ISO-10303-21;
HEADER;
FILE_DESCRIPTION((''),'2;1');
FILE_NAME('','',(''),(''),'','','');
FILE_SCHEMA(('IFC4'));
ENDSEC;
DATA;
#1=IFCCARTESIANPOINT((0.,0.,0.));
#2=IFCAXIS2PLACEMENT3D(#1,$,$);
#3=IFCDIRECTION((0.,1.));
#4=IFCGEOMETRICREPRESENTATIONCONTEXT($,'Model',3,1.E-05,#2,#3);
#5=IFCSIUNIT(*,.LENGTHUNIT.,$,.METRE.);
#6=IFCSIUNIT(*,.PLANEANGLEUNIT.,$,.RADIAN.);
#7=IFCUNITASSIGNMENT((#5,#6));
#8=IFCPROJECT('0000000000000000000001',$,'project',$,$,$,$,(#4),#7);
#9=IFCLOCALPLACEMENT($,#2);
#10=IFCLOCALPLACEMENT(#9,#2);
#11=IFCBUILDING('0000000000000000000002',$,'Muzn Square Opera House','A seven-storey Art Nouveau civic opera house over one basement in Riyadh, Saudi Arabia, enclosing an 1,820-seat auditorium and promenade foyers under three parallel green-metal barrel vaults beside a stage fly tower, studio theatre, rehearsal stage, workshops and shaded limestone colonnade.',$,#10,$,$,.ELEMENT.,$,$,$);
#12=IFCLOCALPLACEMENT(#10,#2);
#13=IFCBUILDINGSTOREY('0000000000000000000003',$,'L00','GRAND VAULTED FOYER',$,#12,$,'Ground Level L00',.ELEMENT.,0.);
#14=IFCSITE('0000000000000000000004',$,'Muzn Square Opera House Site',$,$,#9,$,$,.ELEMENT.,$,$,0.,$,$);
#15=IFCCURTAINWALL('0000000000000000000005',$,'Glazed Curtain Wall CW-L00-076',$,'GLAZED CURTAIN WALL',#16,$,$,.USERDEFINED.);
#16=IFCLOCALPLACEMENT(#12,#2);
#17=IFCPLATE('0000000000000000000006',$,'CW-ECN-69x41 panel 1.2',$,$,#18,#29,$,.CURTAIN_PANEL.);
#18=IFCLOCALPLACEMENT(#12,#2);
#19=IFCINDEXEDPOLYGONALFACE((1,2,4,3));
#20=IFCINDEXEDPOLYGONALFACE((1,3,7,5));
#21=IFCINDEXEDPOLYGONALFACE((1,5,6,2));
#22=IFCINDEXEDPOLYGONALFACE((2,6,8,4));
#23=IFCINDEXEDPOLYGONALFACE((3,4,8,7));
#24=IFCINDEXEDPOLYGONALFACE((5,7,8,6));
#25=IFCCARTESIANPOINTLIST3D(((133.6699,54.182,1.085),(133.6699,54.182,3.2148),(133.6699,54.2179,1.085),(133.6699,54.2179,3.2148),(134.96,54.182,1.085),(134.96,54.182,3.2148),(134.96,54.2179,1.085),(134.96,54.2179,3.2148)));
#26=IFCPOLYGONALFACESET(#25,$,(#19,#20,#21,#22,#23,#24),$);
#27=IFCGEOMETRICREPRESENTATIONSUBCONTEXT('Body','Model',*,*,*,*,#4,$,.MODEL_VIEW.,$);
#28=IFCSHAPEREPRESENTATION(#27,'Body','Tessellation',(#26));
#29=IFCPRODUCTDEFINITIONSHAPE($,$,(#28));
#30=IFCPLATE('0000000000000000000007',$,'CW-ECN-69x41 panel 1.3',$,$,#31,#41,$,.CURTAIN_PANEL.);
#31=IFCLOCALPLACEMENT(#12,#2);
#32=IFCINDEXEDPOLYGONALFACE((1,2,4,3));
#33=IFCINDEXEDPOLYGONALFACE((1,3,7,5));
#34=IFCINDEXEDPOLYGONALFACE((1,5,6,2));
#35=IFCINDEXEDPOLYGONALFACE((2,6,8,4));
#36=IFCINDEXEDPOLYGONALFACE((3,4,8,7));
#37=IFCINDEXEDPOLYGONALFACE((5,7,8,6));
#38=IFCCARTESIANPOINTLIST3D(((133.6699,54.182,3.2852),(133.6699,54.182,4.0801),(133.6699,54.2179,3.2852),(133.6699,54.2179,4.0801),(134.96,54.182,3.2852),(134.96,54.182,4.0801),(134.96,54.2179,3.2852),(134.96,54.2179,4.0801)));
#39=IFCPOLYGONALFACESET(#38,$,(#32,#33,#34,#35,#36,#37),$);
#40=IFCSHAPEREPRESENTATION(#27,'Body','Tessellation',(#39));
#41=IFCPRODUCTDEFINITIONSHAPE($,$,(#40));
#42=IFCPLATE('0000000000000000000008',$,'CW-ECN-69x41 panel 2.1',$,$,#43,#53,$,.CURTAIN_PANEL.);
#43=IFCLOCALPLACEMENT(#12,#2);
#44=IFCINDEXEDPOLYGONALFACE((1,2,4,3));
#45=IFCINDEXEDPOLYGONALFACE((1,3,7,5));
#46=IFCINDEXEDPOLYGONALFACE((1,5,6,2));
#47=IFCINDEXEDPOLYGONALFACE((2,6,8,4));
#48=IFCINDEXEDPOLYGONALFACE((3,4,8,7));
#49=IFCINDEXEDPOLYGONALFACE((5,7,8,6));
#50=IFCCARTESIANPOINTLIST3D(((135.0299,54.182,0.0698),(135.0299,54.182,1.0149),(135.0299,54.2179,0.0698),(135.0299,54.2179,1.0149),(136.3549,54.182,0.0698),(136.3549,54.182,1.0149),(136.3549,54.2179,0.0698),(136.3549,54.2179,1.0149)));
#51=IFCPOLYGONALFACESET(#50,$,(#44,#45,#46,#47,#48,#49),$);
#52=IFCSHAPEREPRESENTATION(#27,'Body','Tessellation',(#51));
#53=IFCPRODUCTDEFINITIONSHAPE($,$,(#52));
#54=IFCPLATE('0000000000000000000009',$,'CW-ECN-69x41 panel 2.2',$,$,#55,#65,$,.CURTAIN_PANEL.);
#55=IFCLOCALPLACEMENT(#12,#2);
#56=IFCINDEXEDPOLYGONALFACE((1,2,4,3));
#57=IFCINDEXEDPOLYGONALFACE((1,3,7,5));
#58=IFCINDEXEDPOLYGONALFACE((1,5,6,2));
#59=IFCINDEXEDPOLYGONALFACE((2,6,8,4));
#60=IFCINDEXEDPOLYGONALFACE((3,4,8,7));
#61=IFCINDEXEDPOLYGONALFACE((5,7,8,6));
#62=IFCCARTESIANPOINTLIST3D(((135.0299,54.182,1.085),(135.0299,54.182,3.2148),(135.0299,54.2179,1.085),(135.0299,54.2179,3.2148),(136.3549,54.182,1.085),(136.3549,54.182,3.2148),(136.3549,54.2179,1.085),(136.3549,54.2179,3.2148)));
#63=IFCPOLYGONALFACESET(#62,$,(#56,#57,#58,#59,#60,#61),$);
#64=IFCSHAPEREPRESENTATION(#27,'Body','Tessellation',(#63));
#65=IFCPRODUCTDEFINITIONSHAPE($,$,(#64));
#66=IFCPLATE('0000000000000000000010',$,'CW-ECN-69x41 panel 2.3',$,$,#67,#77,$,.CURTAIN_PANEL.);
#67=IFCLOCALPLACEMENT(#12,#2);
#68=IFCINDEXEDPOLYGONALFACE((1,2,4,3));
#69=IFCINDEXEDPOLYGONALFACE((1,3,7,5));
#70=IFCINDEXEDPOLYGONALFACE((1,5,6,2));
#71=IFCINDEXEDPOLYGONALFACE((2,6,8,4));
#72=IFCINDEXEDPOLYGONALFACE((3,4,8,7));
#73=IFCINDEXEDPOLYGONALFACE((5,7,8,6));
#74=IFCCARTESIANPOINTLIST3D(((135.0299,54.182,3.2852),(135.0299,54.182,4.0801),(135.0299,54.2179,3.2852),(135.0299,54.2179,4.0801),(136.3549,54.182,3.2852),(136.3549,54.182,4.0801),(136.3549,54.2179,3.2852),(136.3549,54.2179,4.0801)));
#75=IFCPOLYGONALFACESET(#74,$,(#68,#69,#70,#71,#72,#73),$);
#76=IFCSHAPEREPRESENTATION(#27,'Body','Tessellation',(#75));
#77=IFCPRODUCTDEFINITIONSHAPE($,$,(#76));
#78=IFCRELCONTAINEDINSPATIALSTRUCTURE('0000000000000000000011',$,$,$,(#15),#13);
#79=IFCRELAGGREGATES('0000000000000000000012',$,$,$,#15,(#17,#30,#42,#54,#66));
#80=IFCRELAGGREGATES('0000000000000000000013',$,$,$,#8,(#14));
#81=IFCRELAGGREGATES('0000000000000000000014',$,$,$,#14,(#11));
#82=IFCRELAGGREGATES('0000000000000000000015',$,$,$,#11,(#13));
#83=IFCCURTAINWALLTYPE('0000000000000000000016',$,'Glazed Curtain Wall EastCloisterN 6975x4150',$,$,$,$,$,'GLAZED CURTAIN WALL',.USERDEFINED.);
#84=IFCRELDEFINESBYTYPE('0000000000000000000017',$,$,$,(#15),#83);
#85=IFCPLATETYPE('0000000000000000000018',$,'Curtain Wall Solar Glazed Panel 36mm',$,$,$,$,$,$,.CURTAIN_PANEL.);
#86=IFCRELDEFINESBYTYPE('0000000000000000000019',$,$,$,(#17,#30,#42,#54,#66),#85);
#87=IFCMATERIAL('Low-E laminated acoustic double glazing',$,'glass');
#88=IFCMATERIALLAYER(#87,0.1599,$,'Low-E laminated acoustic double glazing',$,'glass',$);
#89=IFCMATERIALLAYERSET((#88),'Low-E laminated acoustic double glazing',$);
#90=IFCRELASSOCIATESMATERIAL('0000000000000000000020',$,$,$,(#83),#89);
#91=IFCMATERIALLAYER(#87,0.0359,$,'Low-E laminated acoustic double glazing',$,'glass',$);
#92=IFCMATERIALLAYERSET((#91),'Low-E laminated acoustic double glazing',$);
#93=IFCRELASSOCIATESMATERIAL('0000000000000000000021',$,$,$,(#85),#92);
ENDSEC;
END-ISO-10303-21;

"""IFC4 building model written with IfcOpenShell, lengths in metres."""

from ifc_helpers import new_model, si_unit, direction, frame, origin, origin_2d, place, context, subcontext, project, spatial, rectangle, extrude, material, layer, layer_set, type_object, element, aggregate, save


model = new_model("IFC4")

# Units and contexts
model_context = context("Model", 3, precision=1e-05, world=origin(), true_north=direction((0.0, 1.0)))
body_context = subcontext(model_context, "Body", "Model", "MODEL_VIEW")
ifc_project = project(units=[si_unit("LENGTHUNIT", "METRE"), si_unit("PLANEANGLEUNIT", "RADIAN")], contexts=[model_context])

# Site, building, storey
site_placement = place(None, origin())
site = spatial("IfcSite", under=ifc_project, at=site_placement, Name="Muzn Square Opera House Site", CompositionType="ELEMENT", RefElevation=0.0)
building_placement = place(site_placement, origin())
building = spatial("IfcBuilding", under=site, at=building_placement, Name="Muzn Square Opera House", Description="A seven-storey Art Nouveau civic opera house over one basement in Riyadh, Saudi Arabia, enclosing an 1,820-seat auditorium and promenade foyers under three parallel green-metal barrel vaults beside a stage fly tower, studio theatre, rehearsal stage, workshops and shaded limestone colonnade.", CompositionType="ELEMENT")
storey_placement = place(building_placement, origin())
storey = spatial("IfcBuildingStorey", under=building, at=storey_placement, Name="L00", Description="GRAND VAULTED FOYER", LongName="Ground Level L00", CompositionType="ELEMENT", Elevation=0.0)

# Curtain wall
ifc_material_1 = material(Name="Low-E laminated acoustic double glazing", Category="glass")
ifc_layer_1 = layer(ifc_material_1, 0.1599, Name="Low-E laminated acoustic double glazing", Category="glass")
ifc_layer_set_1 = layer_set([ifc_layer_1], Name="Low-E laminated acoustic double glazing")
curtain_wall_type_1 = type_object("IfcCurtainWallType", Name="Glazed Curtain Wall EastCloisterN 6975x4150", ElementType="GLAZED CURTAIN WALL", PredefinedType="USERDEFINED", material=ifc_layer_set_1)
curtain_wall_1_placement = place(storey_placement, origin())
curtain_wall_1 = element("IfcCurtainWall", 1, at=curtain_wall_1_placement, inside=storey, type_object=curtain_wall_type_1, Name="Glazed Curtain Wall CW-L00-076", ObjectType="GLAZED CURTAIN WALL", PredefinedType="USERDEFINED")

# Plates
ifc_layer_2 = layer(ifc_material_1, 0.0359, Name="Low-E laminated acoustic double glazing", Category="glass")
ifc_layer_set_2 = layer_set([ifc_layer_2], Name="Low-E laminated acoustic double glazing")
plate_type = type_object("IfcPlateType", Name="Curtain Wall Solar Glazed Panel 36mm", PredefinedType="CURTAIN_PANEL", material=ifc_layer_set_2)
plate_1_placement = place(storey_placement, frame((134.3149, 54.2, 1.085), z_axis=(0.0, 0.0, 1.0), x_axis=(1.0, 0.0, 0.0)))
plate_1 = element("IfcPlate", 2, at=plate_1_placement, type_object=plate_type, Name="CW-ECN-69x41 panel 1.2", PredefinedType="CURTAIN_PANEL", context=body_context, shape_type="SweptSolid", body=[
    extrude(rectangle(XDim=1.29, YDim=0.0359, at=origin_2d()), origin(), (0.0, 0.0, 1.0), 2.1299),
])
plate_2_placement = place(storey_placement, frame((134.3149, 54.2, 3.2852), z_axis=(0.0, 0.0, 1.0), x_axis=(1.0, 0.0, 0.0)))
plate_2 = element("IfcPlate", 3, at=plate_2_placement, type_object=plate_type, Name="CW-ECN-69x41 panel 1.3", PredefinedType="CURTAIN_PANEL", context=body_context, shape_type="SweptSolid", body=[
    extrude(rectangle(XDim=1.29, YDim=0.0359, at=origin_2d()), origin(), (0.0, 0.0, 1.0), 0.7949),
])
plate_3_placement = place(storey_placement, frame((135.6924, 54.2, 0.0698), z_axis=(0.0, 0.0, 1.0), x_axis=(1.0, 0.0, 0.0)))
plate_3 = element("IfcPlate", 4, at=plate_3_placement, type_object=plate_type, Name="CW-ECN-69x41 panel 2.1", PredefinedType="CURTAIN_PANEL", context=body_context, shape_type="SweptSolid", body=[
    extrude(rectangle(XDim=1.325, YDim=0.0359, at=origin_2d()), origin(), (0.0, 0.0, 1.0), 0.9451),
])
plate_4_placement = place(storey_placement, frame((135.6924, 54.2, 1.085), z_axis=(0.0, 0.0, 1.0), x_axis=(1.0, 0.0, 0.0)))
plate_4 = element("IfcPlate", 5, at=plate_4_placement, type_object=plate_type, Name="CW-ECN-69x41 panel 2.2", PredefinedType="CURTAIN_PANEL", context=body_context, shape_type="SweptSolid", body=[
    extrude(rectangle(XDim=1.325, YDim=0.0359, at=origin_2d()), origin(), (0.0, 0.0, 1.0), 2.1299),
])
plate_5_placement = place(storey_placement, frame((135.6924, 54.2, 3.2852), z_axis=(0.0, 0.0, 1.0), x_axis=(1.0, 0.0, 0.0)))
plate_5 = element("IfcPlate", 6, at=plate_5_placement, type_object=plate_type, Name="CW-ECN-69x41 panel 2.3", PredefinedType="CURTAIN_PANEL", context=body_context, shape_type="SweptSolid", body=[
    extrude(rectangle(XDim=1.325, YDim=0.0359, at=origin_2d()), origin(), (0.0, 0.0, 1.0), 0.7949),
])
aggregate(curtain_wall_1, [plate_1, plate_2, plate_3, plate_4, plate_5])

save(model, "model.ifc")
